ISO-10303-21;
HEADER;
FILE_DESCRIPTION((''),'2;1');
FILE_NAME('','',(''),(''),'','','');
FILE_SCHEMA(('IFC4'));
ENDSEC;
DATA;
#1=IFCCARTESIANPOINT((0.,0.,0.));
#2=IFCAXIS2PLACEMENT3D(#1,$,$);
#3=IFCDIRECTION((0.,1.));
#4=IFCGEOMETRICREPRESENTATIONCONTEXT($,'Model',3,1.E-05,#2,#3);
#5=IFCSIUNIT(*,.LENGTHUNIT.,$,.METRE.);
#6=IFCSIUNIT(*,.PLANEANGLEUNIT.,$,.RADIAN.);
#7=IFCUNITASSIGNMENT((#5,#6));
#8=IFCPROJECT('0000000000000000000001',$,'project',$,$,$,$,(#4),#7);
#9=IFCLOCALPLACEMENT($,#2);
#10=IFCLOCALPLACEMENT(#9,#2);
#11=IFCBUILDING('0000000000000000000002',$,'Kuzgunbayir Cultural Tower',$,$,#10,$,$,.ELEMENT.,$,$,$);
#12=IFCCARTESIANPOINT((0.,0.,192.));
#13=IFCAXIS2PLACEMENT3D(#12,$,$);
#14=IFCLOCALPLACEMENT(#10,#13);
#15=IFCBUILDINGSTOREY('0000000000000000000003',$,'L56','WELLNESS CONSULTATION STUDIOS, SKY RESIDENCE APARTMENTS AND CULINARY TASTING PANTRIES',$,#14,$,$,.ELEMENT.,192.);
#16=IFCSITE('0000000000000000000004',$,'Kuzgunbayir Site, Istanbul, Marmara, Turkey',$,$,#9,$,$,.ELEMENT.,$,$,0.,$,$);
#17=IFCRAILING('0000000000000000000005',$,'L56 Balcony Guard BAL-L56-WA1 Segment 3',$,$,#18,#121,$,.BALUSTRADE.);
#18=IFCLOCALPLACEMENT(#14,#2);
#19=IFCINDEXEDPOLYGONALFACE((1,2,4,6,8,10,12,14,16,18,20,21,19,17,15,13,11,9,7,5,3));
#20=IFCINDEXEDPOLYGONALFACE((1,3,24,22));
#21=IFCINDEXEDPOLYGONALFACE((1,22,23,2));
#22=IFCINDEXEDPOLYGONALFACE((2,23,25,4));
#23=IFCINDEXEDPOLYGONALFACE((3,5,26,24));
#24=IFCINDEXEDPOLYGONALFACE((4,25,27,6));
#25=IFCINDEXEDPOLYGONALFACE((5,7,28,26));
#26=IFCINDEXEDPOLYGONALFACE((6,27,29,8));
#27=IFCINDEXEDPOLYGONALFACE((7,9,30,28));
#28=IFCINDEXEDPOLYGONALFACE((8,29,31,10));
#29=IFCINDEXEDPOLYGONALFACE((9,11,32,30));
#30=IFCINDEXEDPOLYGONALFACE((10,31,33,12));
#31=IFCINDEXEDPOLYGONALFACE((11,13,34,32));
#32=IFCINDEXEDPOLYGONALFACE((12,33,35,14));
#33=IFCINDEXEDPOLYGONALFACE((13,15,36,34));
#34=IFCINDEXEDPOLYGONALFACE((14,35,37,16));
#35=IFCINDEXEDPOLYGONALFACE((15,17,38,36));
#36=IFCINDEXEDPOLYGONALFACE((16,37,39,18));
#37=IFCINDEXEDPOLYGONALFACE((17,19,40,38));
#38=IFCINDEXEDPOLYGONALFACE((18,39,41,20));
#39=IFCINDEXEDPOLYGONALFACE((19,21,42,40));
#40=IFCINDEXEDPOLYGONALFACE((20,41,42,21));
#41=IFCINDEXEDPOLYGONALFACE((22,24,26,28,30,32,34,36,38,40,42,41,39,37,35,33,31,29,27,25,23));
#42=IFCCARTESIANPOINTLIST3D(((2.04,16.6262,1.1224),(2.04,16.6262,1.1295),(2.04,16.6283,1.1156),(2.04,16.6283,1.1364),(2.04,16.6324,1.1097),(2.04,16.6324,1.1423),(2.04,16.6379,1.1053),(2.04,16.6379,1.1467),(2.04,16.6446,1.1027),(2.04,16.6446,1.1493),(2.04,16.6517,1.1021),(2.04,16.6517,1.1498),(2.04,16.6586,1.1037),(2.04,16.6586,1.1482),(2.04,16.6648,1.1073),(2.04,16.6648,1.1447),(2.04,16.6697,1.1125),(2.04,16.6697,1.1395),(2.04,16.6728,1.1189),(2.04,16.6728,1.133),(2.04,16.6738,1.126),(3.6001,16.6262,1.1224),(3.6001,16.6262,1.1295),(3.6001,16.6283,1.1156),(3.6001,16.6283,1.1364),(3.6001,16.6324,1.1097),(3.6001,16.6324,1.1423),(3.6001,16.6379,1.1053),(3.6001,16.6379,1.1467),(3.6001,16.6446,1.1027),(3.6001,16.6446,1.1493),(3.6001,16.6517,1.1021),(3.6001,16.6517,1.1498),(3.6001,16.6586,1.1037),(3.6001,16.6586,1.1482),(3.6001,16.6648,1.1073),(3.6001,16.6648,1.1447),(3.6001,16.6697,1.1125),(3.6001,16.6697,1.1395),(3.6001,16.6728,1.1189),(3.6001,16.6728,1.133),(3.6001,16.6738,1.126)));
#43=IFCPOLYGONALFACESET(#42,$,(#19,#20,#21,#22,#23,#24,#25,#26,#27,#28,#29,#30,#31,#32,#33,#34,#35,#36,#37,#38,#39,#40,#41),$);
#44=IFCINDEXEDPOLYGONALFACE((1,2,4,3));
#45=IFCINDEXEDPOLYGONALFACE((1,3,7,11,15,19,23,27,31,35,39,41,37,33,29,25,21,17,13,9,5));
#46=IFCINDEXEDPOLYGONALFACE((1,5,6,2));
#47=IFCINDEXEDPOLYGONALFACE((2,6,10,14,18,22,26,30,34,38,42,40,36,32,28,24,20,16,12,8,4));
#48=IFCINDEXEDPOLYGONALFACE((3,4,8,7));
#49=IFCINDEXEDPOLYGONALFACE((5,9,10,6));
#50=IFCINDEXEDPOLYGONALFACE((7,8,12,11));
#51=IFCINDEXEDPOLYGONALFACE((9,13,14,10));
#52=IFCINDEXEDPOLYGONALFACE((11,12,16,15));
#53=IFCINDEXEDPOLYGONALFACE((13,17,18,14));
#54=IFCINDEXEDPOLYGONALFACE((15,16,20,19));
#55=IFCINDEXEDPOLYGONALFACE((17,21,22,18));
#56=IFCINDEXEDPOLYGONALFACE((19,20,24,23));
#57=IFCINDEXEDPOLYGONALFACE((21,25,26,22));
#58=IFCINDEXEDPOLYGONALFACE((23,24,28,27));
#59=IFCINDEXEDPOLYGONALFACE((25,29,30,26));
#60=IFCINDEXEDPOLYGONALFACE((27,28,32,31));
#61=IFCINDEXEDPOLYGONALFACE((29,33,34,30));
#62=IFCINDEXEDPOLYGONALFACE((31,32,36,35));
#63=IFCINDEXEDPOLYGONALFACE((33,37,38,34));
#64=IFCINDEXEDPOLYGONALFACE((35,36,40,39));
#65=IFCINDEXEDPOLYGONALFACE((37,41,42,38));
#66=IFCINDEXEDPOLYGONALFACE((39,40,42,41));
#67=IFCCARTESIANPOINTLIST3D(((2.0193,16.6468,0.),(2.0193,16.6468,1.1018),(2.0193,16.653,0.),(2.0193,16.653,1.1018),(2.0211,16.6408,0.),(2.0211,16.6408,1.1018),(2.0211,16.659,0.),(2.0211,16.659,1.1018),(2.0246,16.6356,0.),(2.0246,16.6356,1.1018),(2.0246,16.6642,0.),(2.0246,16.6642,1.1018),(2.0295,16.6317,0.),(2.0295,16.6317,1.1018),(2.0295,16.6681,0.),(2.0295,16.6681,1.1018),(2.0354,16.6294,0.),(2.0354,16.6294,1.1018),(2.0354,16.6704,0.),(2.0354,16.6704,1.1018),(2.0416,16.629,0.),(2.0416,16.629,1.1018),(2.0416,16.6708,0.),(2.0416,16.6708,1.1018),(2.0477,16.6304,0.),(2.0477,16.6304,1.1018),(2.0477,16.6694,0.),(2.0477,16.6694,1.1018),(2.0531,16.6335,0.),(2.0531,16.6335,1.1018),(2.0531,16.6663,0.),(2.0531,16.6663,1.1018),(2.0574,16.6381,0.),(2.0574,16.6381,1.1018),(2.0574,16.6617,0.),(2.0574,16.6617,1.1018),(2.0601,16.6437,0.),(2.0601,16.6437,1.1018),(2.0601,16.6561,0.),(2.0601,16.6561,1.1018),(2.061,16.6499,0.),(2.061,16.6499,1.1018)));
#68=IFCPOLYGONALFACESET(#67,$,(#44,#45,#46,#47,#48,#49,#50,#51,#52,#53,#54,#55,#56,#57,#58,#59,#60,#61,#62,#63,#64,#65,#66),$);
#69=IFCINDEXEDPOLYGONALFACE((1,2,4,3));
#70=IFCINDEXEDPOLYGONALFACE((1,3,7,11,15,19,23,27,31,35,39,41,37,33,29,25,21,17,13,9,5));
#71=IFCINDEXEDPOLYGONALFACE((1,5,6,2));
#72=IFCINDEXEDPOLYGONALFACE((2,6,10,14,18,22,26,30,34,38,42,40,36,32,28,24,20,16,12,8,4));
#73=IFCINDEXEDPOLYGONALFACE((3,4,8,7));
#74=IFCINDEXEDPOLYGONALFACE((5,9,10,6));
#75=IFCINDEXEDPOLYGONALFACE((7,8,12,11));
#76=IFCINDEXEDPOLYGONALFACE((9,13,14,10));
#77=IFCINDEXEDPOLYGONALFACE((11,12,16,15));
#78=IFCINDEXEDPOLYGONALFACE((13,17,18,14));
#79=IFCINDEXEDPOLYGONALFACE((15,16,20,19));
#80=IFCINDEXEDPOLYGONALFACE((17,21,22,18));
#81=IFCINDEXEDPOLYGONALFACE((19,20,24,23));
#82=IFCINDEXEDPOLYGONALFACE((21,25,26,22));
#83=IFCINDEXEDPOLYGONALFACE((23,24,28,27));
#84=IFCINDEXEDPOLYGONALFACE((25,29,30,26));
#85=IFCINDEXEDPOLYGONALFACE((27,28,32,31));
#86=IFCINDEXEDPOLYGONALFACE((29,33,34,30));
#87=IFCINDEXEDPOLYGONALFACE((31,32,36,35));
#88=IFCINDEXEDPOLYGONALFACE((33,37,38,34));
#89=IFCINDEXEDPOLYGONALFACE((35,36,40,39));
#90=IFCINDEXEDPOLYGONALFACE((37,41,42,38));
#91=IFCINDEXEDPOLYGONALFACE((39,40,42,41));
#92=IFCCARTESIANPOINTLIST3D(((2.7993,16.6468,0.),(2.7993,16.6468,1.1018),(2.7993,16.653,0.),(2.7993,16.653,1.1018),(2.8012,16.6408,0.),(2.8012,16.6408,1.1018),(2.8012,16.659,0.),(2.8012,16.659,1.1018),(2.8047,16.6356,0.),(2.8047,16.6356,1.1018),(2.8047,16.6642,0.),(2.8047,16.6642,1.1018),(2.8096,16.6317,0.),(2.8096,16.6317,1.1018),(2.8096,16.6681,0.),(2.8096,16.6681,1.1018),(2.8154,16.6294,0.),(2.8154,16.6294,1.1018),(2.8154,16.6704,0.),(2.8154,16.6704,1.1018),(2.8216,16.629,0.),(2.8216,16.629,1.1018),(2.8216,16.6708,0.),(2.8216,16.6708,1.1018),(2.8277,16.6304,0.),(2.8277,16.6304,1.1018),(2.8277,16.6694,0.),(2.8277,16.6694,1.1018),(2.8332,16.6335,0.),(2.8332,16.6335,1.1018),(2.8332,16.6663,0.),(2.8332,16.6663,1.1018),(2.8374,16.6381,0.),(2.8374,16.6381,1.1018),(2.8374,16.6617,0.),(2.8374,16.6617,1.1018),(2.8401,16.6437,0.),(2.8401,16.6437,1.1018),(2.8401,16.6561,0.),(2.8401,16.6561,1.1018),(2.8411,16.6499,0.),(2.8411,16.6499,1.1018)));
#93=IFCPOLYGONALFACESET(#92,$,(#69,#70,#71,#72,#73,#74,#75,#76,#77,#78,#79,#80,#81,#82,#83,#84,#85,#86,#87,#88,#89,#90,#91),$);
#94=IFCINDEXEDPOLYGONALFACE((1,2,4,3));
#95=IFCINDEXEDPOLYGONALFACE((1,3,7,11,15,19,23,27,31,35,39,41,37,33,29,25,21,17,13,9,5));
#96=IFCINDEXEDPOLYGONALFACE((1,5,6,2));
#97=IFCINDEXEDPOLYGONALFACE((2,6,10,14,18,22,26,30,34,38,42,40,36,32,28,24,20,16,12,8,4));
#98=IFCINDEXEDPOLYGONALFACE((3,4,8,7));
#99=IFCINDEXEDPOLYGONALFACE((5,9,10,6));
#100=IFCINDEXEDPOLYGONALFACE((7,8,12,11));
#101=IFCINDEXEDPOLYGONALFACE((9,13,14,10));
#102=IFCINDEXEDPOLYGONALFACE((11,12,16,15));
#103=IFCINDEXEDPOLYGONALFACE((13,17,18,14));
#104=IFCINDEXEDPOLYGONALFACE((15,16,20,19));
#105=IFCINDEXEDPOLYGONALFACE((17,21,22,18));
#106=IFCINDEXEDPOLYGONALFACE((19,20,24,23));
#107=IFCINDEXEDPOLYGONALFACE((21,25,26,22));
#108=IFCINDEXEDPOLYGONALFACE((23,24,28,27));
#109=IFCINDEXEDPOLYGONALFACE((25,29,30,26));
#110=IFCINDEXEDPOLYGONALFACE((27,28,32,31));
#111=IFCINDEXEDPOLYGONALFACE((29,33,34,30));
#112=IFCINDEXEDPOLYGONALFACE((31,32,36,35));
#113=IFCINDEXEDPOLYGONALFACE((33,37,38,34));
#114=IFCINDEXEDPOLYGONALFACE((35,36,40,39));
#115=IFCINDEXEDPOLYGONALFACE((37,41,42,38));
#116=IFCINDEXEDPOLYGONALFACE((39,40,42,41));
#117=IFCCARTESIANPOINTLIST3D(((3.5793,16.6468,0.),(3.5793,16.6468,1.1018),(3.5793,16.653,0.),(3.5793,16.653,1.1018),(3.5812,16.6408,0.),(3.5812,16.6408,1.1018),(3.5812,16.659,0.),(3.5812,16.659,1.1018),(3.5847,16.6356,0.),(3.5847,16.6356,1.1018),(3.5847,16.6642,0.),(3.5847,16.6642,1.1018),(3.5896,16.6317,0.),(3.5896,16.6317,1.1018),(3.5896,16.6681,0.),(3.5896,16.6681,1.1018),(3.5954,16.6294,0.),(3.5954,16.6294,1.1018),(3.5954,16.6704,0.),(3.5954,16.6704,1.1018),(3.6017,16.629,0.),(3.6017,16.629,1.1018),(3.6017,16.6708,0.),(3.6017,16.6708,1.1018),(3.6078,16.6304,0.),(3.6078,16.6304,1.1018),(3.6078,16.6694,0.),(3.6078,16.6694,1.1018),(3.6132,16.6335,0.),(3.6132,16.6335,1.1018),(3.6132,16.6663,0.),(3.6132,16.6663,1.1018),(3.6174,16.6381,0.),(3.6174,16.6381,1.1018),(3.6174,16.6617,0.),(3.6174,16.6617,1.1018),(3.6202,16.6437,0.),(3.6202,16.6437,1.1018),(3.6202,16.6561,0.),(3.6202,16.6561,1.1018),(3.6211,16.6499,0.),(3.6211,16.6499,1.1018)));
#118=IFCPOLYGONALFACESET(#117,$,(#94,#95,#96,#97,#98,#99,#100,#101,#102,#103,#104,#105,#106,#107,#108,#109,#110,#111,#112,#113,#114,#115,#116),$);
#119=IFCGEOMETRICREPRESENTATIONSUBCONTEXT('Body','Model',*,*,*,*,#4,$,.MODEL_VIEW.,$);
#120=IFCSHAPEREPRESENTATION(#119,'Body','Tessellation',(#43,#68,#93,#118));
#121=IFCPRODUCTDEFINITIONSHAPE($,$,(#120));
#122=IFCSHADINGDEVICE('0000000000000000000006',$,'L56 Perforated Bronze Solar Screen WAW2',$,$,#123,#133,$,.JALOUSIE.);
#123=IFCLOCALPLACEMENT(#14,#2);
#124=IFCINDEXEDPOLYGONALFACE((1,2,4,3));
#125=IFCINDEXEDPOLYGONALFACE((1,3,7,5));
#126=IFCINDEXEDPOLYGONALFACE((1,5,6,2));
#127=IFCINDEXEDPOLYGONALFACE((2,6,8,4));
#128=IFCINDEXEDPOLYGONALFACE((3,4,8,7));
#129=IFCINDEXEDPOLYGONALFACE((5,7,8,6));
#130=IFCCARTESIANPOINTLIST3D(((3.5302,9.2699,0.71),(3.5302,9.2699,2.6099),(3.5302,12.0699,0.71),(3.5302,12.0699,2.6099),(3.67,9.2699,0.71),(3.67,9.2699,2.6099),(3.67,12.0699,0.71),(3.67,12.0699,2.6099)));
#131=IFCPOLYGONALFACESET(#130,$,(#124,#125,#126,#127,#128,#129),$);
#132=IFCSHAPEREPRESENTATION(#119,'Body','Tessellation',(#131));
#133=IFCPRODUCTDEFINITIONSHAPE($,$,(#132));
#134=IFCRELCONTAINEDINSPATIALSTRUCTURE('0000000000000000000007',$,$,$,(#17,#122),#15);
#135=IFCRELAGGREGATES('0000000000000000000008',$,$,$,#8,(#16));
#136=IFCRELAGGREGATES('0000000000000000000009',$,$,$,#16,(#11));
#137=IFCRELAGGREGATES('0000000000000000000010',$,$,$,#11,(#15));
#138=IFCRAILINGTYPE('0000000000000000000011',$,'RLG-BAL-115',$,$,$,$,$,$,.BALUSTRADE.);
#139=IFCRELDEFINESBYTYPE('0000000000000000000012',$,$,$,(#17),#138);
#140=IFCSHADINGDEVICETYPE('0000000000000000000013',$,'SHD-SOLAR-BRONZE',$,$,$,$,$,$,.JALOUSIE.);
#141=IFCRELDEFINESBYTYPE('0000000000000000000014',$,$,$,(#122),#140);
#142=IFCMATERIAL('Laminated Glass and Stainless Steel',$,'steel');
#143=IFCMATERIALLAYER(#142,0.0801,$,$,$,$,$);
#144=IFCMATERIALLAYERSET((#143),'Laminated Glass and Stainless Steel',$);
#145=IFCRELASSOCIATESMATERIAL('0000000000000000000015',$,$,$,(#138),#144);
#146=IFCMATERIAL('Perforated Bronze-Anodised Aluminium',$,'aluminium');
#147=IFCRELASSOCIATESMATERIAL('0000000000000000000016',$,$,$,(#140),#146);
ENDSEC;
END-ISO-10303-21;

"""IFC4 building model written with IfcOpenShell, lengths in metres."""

from ifc_helpers import new_model, si_unit, direction, frame, origin, origin_2d, place, context, subcontext, project, spatial, rectangle, circle, extrude, material, layer, layer_set, type_object, element, save


model = new_model("IFC4")

# Units and contexts
model_context = context("Model", 3, precision=1e-05, world=origin(), true_north=direction((0.0, 1.0)))
body_context = subcontext(model_context, "Body", "Model", "MODEL_VIEW")
ifc_project = project(units=[si_unit("LENGTHUNIT", "METRE"), si_unit("PLANEANGLEUNIT", "RADIAN")], contexts=[model_context])

# Site, building, storey
site_placement = place(None, origin())
site = spatial("IfcSite", under=ifc_project, at=site_placement, Name="Kuzgunbayir Site, Istanbul, Marmara, Turkey", CompositionType="ELEMENT", RefElevation=0.0)
building_placement = place(site_placement, origin())
building = spatial("IfcBuilding", under=site, at=building_placement, Name="Kuzgunbayir Cultural Tower", CompositionType="ELEMENT")
storey_placement = place(building_placement, frame((0.0, 0.0, 192.0)))
storey = spatial("IfcBuildingStorey", under=building, at=storey_placement, Name="L56", Description="WELLNESS CONSULTATION STUDIOS, SKY RESIDENCE APARTMENTS AND CULINARY TASTING PANTRIES", CompositionType="ELEMENT", Elevation=192.0)

# Railing
ifc_material_1 = material(Name="Laminated Glass and Stainless Steel", Category="steel")
ifc_layer_1 = layer(ifc_material_1, 0.0801)
ifc_layer_set_1 = layer_set([ifc_layer_1], Name="Laminated Glass and Stainless Steel")
railing_type = type_object("IfcRailingType", Name="RLG-BAL-115", PredefinedType="BALUSTRADE", material=ifc_layer_set_1)
railing_1_placement = place(storey_placement, frame((2.04, 16.6499, 0.0)))
element("IfcRailing", 1, at=railing_1_placement, inside=storey, type_object=railing_type, Name="L56 Balcony Guard BAL-L56-WA1 Segment 3", PredefinedType="BALUSTRADE", context=body_context, shape_type="SweptSolid", body=[
    extrude(circle(Radius=0.0239, at=origin_2d()), frame((0.0, 0.0, 1.126), z_axis=(1.0, 0.0, 0.0), x_axis=(0.0, 1.0, 0.0)), (0.0, 0.0, 1.0), 1.5601),
    extrude(circle(Radius=0.021, at=origin_2d()), origin(), (0.0, 0.0, 1.0), 1.1018),
    extrude(circle(Radius=0.021, at=origin_2d()), frame((0.78, 0.0, 0.0)), (0.0, 0.0, 1.0), 1.1018),
    extrude(circle(Radius=0.021, at=origin_2d()), frame((1.5601, 0.0, 0.0)), (0.0, 0.0, 1.0), 1.1018),
])

# Shading device
ifc_material_2 = material(Name="Perforated Bronze-Anodised Aluminium", Category="aluminium")
shading_device_type = type_object("IfcShadingDeviceType", Name="SHD-SOLAR-BRONZE", PredefinedType="JALOUSIE", material=ifc_material_2)
shading_device_placement = place(storey_placement, frame((3.6001, 10.6699, 0.71), z_axis=(0.0, 0.0, 1.0), x_axis=(1.0, 0.0, 0.0)))
element("IfcShadingDevice", 2, at=shading_device_placement, inside=storey, type_object=shading_device_type, Name="L56 Perforated Bronze Solar Screen WAW2", PredefinedType="JALOUSIE", context=body_context, shape_type="SweptSolid", body=[
    extrude(rectangle(XDim=0.1399, YDim=2.8, at=origin_2d()), origin(), (0.0, 0.0, 1.0), 1.8999),
])

save(model, "model.ifc")
